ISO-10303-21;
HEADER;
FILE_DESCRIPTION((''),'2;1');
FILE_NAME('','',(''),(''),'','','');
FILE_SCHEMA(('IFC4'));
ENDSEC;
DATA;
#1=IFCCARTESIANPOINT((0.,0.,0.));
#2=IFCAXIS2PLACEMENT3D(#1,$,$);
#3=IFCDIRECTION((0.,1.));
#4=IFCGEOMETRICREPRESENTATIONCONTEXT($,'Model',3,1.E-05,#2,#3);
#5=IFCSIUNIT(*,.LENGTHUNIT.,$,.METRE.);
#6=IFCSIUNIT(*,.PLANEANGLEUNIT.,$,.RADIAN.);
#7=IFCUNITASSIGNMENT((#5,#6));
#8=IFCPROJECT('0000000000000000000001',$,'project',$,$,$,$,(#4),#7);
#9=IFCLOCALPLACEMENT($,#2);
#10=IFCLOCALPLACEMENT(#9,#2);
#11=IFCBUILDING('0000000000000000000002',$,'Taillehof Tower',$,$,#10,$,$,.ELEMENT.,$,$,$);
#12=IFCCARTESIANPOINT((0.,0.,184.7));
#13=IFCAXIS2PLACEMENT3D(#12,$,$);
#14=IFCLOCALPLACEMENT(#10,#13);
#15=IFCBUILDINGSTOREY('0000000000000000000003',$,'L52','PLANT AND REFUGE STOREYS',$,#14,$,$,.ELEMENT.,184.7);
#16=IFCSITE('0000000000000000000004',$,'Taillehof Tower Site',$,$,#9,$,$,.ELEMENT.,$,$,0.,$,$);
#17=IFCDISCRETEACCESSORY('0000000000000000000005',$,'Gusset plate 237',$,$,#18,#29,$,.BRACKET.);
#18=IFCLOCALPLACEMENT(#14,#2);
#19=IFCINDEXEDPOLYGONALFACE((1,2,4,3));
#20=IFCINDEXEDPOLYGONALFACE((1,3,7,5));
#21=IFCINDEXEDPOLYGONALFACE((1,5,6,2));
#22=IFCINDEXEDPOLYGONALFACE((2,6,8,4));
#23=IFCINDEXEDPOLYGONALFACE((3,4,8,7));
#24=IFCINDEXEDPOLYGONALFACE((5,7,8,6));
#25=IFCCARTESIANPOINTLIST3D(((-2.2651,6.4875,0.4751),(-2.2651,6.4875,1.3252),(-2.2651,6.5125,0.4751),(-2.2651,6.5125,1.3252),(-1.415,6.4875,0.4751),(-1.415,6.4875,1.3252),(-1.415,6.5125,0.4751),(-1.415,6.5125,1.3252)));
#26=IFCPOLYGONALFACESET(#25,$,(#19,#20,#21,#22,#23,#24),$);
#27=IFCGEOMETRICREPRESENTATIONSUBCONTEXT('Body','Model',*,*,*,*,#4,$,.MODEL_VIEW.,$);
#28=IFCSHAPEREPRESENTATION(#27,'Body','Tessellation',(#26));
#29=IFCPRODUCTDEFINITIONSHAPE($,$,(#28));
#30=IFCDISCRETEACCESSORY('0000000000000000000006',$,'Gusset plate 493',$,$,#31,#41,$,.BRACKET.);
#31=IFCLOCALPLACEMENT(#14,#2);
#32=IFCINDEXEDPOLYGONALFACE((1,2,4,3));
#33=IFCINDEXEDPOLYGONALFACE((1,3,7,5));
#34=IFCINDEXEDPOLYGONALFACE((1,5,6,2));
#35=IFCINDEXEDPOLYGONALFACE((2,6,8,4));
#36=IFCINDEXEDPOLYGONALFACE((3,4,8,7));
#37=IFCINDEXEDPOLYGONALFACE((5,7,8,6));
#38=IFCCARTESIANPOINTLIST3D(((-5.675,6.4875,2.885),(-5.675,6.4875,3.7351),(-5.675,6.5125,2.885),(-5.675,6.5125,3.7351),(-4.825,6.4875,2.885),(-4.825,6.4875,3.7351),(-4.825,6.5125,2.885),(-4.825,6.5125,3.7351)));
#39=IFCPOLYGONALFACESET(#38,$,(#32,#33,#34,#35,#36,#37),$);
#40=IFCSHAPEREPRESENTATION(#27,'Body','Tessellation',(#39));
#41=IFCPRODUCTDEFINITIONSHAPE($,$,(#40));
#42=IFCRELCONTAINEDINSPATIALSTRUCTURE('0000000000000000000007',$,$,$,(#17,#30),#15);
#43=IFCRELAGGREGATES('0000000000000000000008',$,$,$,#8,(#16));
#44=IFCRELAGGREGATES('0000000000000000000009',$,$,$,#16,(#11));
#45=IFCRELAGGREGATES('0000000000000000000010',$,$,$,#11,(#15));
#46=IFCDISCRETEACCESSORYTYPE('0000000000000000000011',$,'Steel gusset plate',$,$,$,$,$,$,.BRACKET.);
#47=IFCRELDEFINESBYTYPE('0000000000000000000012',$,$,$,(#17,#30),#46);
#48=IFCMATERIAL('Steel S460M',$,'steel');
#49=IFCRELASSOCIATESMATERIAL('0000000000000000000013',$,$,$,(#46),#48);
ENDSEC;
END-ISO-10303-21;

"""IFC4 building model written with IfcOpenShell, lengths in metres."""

from ifc_helpers import new_model, si_unit, direction, frame, origin, origin_2d, place, context, subcontext, project, spatial, rectangle, extrude, material, type_object, element, save


model = new_model("IFC4")

# Units and contexts
model_context = context("Model", 3, precision=1e-05, world=origin(), true_north=direction((0.0, 1.0)))
body_context = subcontext(model_context, "Body", "Model", "MODEL_VIEW")
ifc_project = project(units=[si_unit("LENGTHUNIT", "METRE"), si_unit("PLANEANGLEUNIT", "RADIAN")], contexts=[model_context])

# Site, building, storey
site_placement = place(None, origin())
site = spatial("IfcSite", under=ifc_project, at=site_placement, Name="Taillehof Tower Site", CompositionType="ELEMENT", RefElevation=0.0)
building_placement = place(site_placement, origin())
building = spatial("IfcBuilding", under=site, at=building_placement, Name="Taillehof Tower", CompositionType="ELEMENT")
storey_placement = place(building_placement, frame((0.0, 0.0, 184.7)))
storey = spatial("IfcBuildingStorey", under=building, at=storey_placement, Name="L52", Description="PLANT AND REFUGE STOREYS", CompositionType="ELEMENT", Elevation=184.7)

# Discrete accessories
ifc_material_1 = material(Name="Steel S460M", Category="steel")
discrete_accessory_type = type_object("IfcDiscreteAccessoryType", Name="Steel gusset plate", PredefinedType="BRACKET", material=ifc_material_1)
for number, where, z_axis, x_axis, name in (
    (1, (-1.8401, 6.5, 0.4751), (0.0, 0.0, 1.0), (-1.0, 0.0, 0.0), "Gusset plate 237"),
    (2, (-5.25, 6.5, 2.885), (0.0, 0.0, 1.0), (-1.0, 0.0, 0.0), "Gusset plate 493"),
):
    element("IfcDiscreteAccessory", number, at=place(storey_placement, frame(where, z_axis=z_axis, x_axis=x_axis)), inside=storey, type_object=discrete_accessory_type, Name=name, PredefinedType="BRACKET", context=body_context, shape_type="SweptSolid", body=[
        extrude(rectangle(XDim=0.8501, YDim=0.0249, at=origin_2d()), origin(), (0.0, 0.0, 1.0), 0.8501),
    ])

save(model, "model.ifc")
